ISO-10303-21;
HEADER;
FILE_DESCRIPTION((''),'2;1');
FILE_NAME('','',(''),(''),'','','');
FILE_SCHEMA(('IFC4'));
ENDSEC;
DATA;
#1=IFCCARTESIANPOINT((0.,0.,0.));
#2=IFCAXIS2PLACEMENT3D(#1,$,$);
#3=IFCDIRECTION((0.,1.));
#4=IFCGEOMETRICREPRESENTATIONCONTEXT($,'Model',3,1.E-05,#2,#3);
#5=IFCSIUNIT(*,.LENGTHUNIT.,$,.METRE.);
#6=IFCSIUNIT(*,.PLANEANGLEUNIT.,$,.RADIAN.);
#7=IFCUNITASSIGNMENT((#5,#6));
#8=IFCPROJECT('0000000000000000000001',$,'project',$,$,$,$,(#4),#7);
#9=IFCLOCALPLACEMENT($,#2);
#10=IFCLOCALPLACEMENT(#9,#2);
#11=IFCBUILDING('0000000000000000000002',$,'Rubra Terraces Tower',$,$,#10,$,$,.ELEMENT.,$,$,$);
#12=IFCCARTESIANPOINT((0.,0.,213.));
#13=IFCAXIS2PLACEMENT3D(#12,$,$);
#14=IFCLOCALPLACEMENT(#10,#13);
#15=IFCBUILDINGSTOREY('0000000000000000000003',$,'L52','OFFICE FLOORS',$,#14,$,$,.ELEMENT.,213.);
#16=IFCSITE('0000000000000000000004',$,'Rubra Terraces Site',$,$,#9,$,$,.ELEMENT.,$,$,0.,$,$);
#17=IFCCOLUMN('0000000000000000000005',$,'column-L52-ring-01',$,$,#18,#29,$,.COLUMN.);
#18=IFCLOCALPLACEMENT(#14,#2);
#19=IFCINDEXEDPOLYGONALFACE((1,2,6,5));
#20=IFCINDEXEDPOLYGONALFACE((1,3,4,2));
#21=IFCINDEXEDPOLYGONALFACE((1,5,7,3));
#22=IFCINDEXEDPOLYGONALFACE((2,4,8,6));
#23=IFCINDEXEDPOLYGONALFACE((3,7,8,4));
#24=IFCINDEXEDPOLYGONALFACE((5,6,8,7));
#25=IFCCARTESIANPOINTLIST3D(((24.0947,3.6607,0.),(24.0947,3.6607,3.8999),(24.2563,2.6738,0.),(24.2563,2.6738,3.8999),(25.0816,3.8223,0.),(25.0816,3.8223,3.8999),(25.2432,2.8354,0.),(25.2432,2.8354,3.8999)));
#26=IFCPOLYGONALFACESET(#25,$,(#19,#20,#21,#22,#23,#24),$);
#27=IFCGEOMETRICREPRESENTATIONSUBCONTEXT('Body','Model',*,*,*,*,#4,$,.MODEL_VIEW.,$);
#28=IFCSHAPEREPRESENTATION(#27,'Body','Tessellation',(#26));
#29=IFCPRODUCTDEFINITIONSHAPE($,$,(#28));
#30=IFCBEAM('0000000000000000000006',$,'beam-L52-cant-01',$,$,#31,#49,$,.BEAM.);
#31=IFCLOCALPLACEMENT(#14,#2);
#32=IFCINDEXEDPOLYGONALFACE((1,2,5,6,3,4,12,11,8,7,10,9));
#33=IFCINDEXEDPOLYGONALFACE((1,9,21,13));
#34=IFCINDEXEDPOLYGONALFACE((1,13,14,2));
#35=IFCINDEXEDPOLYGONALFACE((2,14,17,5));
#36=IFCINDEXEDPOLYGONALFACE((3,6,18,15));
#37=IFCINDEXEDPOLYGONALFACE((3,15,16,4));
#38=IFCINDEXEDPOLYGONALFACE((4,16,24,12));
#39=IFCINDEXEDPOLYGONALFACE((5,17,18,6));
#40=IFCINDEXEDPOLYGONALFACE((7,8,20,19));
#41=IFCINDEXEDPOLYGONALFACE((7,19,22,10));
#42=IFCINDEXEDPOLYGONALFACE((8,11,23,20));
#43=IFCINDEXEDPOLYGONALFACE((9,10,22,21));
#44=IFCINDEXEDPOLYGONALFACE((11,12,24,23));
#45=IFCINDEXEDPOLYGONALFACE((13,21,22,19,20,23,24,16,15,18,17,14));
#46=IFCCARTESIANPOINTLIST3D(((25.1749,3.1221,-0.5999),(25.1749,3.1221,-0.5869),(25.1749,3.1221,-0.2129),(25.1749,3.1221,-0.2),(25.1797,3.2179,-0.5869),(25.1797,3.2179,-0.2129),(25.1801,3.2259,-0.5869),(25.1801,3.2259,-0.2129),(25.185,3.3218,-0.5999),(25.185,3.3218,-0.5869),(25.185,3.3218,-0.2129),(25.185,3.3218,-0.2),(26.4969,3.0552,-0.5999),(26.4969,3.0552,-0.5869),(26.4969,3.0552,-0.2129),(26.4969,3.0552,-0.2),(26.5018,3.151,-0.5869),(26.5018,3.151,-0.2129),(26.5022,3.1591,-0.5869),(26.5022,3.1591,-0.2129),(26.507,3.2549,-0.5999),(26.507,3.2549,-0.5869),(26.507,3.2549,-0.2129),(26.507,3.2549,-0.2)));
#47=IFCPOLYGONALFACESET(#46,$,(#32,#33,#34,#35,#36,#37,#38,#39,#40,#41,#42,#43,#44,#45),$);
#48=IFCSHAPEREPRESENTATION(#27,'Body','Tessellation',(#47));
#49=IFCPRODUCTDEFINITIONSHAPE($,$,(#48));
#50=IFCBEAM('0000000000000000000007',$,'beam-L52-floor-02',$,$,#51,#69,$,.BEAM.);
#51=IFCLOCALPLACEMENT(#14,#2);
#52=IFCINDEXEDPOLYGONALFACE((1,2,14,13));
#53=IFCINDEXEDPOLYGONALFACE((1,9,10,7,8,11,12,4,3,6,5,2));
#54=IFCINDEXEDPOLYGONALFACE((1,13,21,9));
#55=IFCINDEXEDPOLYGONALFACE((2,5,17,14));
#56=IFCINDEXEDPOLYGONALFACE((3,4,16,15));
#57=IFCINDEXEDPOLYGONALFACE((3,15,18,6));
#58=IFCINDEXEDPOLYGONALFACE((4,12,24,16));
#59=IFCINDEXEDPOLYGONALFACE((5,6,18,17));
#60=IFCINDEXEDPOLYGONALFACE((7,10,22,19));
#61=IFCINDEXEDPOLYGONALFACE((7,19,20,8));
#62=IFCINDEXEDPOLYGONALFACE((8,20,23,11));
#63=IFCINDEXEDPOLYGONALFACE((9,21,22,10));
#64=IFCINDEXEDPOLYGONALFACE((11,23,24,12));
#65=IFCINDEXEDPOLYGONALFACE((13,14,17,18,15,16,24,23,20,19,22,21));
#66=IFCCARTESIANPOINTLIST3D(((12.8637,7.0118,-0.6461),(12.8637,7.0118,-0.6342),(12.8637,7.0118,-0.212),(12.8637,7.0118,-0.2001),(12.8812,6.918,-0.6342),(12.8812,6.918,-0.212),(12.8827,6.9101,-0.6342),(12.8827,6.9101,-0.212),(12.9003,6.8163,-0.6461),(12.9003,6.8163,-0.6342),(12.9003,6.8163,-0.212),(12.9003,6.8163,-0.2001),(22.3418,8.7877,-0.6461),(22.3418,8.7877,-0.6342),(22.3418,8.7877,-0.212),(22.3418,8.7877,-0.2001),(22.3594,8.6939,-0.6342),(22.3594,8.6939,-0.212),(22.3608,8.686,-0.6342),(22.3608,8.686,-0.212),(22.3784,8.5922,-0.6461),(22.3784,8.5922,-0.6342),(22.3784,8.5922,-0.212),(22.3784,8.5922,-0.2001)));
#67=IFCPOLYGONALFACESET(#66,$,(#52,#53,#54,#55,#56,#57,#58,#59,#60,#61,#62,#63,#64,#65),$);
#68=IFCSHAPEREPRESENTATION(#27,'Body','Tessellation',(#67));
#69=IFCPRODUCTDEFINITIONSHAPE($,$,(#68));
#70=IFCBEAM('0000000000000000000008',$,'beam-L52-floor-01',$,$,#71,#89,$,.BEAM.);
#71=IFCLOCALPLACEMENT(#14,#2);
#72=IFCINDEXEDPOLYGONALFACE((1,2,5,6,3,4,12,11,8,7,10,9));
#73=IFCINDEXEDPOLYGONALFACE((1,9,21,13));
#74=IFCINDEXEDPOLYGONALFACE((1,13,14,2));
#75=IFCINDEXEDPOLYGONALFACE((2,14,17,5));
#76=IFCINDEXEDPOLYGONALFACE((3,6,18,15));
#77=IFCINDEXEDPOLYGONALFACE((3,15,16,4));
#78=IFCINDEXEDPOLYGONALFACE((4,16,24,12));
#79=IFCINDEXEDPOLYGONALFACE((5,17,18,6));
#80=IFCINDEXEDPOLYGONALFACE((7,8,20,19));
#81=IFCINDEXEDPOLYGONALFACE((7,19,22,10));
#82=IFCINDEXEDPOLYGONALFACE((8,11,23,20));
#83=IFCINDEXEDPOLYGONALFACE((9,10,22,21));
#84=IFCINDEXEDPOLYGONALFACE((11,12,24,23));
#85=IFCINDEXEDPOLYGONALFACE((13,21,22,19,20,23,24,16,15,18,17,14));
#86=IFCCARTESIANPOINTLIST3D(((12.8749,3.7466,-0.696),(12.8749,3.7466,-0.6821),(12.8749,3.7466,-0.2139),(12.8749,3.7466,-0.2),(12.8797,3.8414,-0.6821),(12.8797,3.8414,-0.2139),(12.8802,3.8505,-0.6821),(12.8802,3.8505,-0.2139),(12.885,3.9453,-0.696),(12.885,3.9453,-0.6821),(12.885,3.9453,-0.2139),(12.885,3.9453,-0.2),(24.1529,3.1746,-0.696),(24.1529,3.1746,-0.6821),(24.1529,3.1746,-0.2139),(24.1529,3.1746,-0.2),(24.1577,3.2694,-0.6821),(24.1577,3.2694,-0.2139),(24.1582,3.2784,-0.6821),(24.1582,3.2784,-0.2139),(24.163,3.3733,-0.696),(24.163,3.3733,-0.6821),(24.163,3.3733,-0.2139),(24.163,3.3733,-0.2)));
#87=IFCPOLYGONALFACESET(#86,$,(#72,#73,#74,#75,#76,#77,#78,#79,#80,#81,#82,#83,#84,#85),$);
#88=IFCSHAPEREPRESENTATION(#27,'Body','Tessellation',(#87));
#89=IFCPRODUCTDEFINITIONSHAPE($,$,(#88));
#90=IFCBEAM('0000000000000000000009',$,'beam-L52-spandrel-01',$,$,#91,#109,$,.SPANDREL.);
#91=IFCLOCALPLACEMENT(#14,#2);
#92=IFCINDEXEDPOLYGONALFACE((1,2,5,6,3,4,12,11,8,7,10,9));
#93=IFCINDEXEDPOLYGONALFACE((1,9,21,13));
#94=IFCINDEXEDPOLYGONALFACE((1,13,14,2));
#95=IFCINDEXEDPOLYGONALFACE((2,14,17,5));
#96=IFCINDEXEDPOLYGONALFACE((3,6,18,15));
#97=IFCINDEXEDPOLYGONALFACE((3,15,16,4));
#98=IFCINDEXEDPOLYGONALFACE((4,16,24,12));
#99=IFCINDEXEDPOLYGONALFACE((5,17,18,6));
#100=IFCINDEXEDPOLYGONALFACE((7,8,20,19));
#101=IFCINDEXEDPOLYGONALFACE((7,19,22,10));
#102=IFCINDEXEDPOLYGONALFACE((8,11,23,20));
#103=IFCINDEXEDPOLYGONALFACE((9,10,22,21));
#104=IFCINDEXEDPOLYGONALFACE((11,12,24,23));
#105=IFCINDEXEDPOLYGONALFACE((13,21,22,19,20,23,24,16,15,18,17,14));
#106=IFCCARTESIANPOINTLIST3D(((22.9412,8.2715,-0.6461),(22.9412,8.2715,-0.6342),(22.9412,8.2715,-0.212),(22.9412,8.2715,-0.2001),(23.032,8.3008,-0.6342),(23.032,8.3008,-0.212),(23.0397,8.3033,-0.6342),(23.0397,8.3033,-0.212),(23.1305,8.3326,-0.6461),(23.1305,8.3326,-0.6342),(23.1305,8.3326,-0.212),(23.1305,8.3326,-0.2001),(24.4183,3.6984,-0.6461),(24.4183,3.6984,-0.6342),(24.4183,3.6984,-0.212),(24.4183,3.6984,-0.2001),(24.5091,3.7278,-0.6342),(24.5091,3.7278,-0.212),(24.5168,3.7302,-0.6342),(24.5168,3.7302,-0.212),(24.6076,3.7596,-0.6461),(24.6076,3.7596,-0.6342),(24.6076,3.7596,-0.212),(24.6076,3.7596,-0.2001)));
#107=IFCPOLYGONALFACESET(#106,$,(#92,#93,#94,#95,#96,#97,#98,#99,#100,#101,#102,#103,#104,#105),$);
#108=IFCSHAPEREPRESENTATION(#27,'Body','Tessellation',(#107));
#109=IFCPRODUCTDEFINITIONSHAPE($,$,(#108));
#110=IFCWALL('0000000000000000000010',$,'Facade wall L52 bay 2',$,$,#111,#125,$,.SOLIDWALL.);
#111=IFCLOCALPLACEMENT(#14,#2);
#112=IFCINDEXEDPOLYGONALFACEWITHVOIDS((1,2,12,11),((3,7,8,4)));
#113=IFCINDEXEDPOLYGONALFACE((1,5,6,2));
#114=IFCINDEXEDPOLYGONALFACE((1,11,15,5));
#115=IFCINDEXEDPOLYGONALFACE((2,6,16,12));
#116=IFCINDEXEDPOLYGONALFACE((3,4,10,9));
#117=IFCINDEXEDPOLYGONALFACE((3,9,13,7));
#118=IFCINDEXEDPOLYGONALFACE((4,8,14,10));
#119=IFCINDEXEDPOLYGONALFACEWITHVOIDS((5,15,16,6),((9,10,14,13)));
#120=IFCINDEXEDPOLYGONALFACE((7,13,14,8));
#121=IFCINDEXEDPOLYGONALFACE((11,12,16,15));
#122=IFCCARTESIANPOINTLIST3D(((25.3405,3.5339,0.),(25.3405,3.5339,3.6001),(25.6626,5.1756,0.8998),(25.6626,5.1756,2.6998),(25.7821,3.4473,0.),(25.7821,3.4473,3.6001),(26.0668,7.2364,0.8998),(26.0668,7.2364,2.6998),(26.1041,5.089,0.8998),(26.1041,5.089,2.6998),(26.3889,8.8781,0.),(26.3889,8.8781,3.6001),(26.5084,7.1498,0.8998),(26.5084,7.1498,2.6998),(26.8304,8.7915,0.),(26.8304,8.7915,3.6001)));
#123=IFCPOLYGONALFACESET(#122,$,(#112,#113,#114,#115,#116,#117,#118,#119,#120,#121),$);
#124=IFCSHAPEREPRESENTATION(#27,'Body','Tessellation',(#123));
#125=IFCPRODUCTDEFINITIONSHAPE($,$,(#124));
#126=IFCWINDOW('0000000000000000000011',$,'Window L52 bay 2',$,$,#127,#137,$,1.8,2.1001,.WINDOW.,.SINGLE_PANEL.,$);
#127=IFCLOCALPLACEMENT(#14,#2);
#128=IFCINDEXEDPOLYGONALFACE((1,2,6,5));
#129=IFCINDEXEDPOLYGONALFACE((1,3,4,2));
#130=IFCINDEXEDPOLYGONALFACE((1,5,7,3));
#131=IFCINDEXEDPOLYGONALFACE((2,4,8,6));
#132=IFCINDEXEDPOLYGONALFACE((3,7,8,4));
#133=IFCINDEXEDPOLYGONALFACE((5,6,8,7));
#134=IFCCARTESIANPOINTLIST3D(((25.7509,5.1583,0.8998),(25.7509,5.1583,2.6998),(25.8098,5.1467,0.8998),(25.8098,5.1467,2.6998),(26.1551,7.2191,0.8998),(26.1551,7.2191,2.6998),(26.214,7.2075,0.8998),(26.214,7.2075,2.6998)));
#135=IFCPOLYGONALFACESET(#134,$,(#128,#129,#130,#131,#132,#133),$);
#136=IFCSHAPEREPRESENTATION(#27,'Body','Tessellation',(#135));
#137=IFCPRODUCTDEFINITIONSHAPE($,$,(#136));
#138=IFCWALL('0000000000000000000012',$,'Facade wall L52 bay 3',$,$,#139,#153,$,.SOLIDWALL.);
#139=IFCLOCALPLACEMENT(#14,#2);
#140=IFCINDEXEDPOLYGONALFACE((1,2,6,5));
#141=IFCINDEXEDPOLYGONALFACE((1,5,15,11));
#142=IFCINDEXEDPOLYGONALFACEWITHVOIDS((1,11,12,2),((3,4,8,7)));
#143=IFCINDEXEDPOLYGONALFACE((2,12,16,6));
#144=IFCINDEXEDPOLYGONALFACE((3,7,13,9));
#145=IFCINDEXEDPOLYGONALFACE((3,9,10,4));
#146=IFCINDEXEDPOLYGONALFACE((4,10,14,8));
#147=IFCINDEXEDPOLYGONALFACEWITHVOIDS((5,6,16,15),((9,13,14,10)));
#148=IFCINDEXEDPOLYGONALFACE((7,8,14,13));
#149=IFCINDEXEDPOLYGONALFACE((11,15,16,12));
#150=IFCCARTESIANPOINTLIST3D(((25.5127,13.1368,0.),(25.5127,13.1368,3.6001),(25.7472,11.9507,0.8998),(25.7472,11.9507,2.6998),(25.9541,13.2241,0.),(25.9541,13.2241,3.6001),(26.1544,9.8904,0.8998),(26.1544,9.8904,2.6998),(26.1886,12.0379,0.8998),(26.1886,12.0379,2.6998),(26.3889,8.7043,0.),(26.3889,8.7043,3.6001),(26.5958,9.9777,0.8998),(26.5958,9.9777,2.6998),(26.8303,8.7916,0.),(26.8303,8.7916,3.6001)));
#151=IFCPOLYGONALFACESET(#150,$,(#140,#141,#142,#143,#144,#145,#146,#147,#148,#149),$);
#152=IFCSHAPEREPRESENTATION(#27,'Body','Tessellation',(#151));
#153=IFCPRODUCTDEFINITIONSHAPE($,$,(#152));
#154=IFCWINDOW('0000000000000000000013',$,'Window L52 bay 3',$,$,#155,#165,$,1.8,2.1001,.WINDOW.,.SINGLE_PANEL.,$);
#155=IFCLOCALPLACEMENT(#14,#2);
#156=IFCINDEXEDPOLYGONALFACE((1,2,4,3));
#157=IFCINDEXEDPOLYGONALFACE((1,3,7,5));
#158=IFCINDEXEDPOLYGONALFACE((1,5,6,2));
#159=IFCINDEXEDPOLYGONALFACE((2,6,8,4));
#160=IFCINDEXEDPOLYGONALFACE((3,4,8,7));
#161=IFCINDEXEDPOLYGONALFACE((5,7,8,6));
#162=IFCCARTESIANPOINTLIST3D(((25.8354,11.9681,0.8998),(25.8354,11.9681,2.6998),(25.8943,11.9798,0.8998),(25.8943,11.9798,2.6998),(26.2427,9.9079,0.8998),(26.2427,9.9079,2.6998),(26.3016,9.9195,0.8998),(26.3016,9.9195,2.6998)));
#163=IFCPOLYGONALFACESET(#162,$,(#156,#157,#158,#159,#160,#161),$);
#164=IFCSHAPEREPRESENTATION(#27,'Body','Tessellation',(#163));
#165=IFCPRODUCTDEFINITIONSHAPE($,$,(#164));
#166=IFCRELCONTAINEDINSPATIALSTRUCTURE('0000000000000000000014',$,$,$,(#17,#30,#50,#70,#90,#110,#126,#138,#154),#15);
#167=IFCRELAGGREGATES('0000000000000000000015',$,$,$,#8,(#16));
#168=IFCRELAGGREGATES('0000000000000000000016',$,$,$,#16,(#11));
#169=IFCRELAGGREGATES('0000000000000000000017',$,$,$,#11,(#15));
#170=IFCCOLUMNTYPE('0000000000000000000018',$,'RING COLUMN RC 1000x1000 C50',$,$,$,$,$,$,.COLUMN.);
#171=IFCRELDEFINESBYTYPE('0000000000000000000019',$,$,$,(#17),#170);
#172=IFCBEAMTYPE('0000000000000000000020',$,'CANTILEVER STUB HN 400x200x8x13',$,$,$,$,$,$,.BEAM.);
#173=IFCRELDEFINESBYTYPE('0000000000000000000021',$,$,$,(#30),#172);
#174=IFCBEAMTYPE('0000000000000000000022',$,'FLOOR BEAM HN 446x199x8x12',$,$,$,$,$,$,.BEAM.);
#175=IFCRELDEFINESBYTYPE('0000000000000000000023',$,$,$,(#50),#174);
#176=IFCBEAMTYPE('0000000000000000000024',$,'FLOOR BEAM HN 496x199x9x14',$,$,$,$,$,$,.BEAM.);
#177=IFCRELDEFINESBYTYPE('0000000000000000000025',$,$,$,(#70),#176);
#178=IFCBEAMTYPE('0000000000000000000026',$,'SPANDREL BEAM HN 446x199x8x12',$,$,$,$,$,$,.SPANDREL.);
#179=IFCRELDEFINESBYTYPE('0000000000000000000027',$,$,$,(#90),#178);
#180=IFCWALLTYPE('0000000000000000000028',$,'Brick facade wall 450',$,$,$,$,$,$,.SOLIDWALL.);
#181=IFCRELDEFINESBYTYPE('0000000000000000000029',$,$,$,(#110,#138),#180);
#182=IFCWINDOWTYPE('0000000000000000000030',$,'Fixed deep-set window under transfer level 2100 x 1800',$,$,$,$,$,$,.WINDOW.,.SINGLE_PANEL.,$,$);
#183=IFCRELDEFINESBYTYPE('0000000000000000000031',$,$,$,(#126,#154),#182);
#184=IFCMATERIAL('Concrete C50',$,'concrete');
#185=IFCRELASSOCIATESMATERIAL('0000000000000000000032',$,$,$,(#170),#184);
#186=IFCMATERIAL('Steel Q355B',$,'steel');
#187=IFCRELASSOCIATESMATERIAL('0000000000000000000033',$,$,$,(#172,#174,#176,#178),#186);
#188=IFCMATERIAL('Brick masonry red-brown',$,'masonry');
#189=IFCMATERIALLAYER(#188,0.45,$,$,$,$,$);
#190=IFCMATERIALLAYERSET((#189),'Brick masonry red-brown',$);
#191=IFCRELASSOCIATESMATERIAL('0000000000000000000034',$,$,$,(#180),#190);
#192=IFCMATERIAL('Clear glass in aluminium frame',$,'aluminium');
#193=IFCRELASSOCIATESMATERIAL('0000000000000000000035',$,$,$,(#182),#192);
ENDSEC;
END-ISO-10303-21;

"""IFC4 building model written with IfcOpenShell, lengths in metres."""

from ifc_helpers import new_model, si_unit, direction, frame, frame_2d, origin, origin_2d, place, context, subcontext, project, spatial, rectangle, i_section, extrude, material, layer, layer_set, material_profile, profile_set, type_object, element, fill, save


model = new_model("IFC4")

# Units and contexts
model_context = context("Model", 3, precision=1e-05, world=origin(), true_north=direction((0.0, 1.0)))
body_context = subcontext(model_context, "Body", "Model", "MODEL_VIEW")
ifc_project = project(units=[si_unit("LENGTHUNIT", "METRE"), si_unit("PLANEANGLEUNIT", "RADIAN")], contexts=[model_context])

# Site, building, storey
site_placement = place(None, origin())
site = spatial("IfcSite", under=ifc_project, at=site_placement, Name="Rubra Terraces Site", CompositionType="ELEMENT", RefElevation=0.0)
building_placement = place(site_placement, origin())
building = spatial("IfcBuilding", under=site, at=building_placement, Name="Rubra Terraces Tower", CompositionType="ELEMENT")
storey_placement = place(building_placement, frame((0.0, 0.0, 213.0)))
storey = spatial("IfcBuildingStorey", under=building, at=storey_placement, Name="L52", Description="OFFICE FLOORS", CompositionType="ELEMENT", Elevation=213.0)

# Column
ifc_material_1 = material(Name="Concrete C50", Category="concrete")
ifc_material_profile_1 = material_profile(ifc_material_1, rectangle(XDim=1.0, YDim=1.0, at=origin_2d()), Name="RC 1000x1000")
ifc_profile_set_1 = profile_set([ifc_material_profile_1], Name="Concrete C50")
column_type = type_object("IfcColumnType", Name="RING COLUMN RC 1000x1000 C50", PredefinedType="COLUMN", material=ifc_profile_set_1)
column_placement = place(storey_placement, frame((24.6689, 3.248, 0.0), z_axis=(0.0, 0.0, 1.0), x_axis=(-0.161559, 0.986863, 0.0)))
element("IfcColumn", 1, at=column_placement, inside=storey, type_object=column_type, Name="column-L52-ring-01", PredefinedType="COLUMN", context=body_context, shape_type="SweptSolid", body=[
    extrude(rectangle(XDim=1.0, YDim=1.0, at=origin_2d()), origin(), (0.0, 0.0, 1.0), 3.8999),
])

# Beams
ifc_material_2 = material(Name="Steel Q355B", Category="steel")
ifc_material_profile_2 = material_profile(ifc_material_2, i_section(OverallWidth=0.2, OverallDepth=0.3999, WebThickness=0.0081, FlangeThickness=0.0129, at=origin_2d()), Name="HN 400x200x8x13")
ifc_profile_set_2 = profile_set([ifc_material_profile_2], Name="Steel Q355B")
beam_type_1 = type_object("IfcBeamType", Name="CANTILEVER STUB HN 400x200x8x13", PredefinedType="BEAM", material=ifc_profile_set_2)
beam_1_placement = place(storey_placement, frame((25.1799, 3.2219, -0.3999), z_axis=(0.998722, -0.050536, 0.0), x_axis=(0.050536, 0.998722, 0.0)))
element("IfcBeam", 2, at=beam_1_placement, inside=storey, type_object=beam_type_1, Name="beam-L52-cant-01", PredefinedType="BEAM", context=body_context, shape_type="SweptSolid", body=[
    extrude(i_section(OverallWidth=0.2, OverallDepth=0.3999, WebThickness=0.0081, FlangeThickness=0.0129, at=origin_2d()), origin(), (0.0, 0.0, 1.0), 1.3237),
])
ifc_material_profile_3 = material_profile(ifc_material_2, i_section(OverallWidth=0.199, OverallDepth=0.446, WebThickness=0.0081, FlangeThickness=0.012, at=origin_2d()), Name="HN 446x199x8x12")
ifc_profile_set_3 = profile_set([ifc_material_profile_3], Name="Steel Q355B")
beam_type_2 = type_object("IfcBeamType", Name="FLOOR BEAM HN 446x199x8x12", PredefinedType="BEAM", material=ifc_profile_set_3)
beam_2_placement = place(storey_placement, frame((22.3601, 8.6899, -0.4231), z_axis=(-0.982896, -0.184163, 0.0), x_axis=(0.184163, -0.982896, 0.0)))
element("IfcBeam", 3, at=beam_2_placement, inside=storey, type_object=beam_type_2, Name="beam-L52-floor-02", PredefinedType="BEAM", context=body_context, shape_type="SweptSolid", body=[
    extrude(i_section(OverallWidth=0.199, OverallDepth=0.446, WebThickness=0.0081, FlangeThickness=0.012, at=origin_2d()), origin(), (0.0, 0.0, 1.0), 9.6431),
])
ifc_material_profile_4 = material_profile(ifc_material_2, i_section(OverallWidth=0.199, OverallDepth=0.4961, WebThickness=0.009, FlangeThickness=0.0139, at=origin_2d()), Name="HN 496x199x9x14")
ifc_profile_set_4 = profile_set([ifc_material_profile_4], Name="Steel Q355B")
beam_type_3 = type_object("IfcBeamType", Name="FLOOR BEAM HN 496x199x9x14", PredefinedType="BEAM", material=ifc_profile_set_4)
beam_3_placement = place(storey_placement, frame((24.158, 3.2739, -0.448), z_axis=(-0.998716, 0.050655, 0.0), x_axis=(-0.050655, -0.998716, 0.0)))
element("IfcBeam", 4, at=beam_3_placement, inside=storey, type_object=beam_type_3, Name="beam-L52-floor-01", PredefinedType="BEAM", context=body_context, shape_type="SweptSolid", body=[
    extrude(i_section(OverallWidth=0.199, OverallDepth=0.4961, WebThickness=0.009, FlangeThickness=0.0139, at=origin_2d()), origin(), (0.0, 0.0, 1.0), 11.2925),
])
ifc_material_profile_5 = material_profile(ifc_material_2, i_section(OverallWidth=0.199, OverallDepth=0.446, WebThickness=0.0081, FlangeThickness=0.012, at=origin_2d()), Name="HN 446x199x8x12")
ifc_profile_set_5 = profile_set([ifc_material_profile_5], Name="Steel Q355B")
beam_type_4 = type_object("IfcBeamType", Name="SPANDREL BEAM HN 446x199x8x12", PredefinedType="SPANDREL", material=ifc_profile_set_5)
beam_4_placement = place(storey_placement, frame((24.5129, 3.729, -0.4231), z_axis=(-0.307359, 0.951594, 0.0), x_axis=(-0.951594, -0.307359, 0.0)))
element("IfcBeam", 5, at=beam_4_placement, inside=storey, type_object=beam_type_4, Name="beam-L52-spandrel-01", PredefinedType="SPANDREL", context=body_context, shape_type="SweptSolid", body=[
    extrude(i_section(OverallWidth=0.199, OverallDepth=0.446, WebThickness=0.0081, FlangeThickness=0.012, at=origin_2d()), origin(), (0.0, 0.0, 1.0), 4.8057),
])

# Walls, openings, windows
ifc_material_3 = material(Name="Brick masonry red-brown", Category="masonry")
ifc_layer_1 = layer(ifc_material_3, 0.45)
ifc_layer_set_1 = layer_set([ifc_layer_1], Name="Brick masonry red-brown")
wall_type_1 = type_object("IfcWallType", Name="Brick facade wall 450", PredefinedType="SOLIDWALL", material=ifc_layer_set_1)
wall_1_placement = place(storey_placement, frame((25.5613, 3.4905, 0.0), z_axis=(0.0, 0.0, 1.0), x_axis=(0.192494, 0.981298, 0.0)))
wall_1 = element("IfcWall", 6, at=wall_1_placement, inside=storey, type_object=wall_type_1, Name="Facade wall L52 bay 2", PredefinedType="SOLIDWALL", context=body_context, shape_type="SweptSolid", body=[
    extrude(rectangle(XDim=5.446, YDim=0.45, at=frame_2d((2.7231, 0.0))), origin(), (0.0, 0.0, 1.0), 3.6001),
])
opening_1_placement = place(wall_1_placement, frame((1.6731, 0.0, 0.8999)))
opening_1 = element("IfcOpeningElement", 7, at=opening_1_placement, cuts=wall_1, PredefinedType="OPENING", context=body_context, shape_type="SweptSolid", body=[
    extrude(rectangle(XDim=2.1001, YDim=1.8, at=frame_2d((1.05, 0.8999))), frame((0.0, 0.2349, 0.0), z_axis=(0.0, -1.0, 0.0), x_axis=(1.0, 0.0, 0.0)), (0.0, 0.0, 1.0), 0.47),
])
ifc_material_4 = material(Name="Clear glass in aluminium frame", Category="aluminium")
window_type = type_object("IfcWindowType", Name="Fixed deep-set window under transfer level 2100 x 1800", PartitioningType="SINGLE_PANEL", PredefinedType="WINDOW", material=ifc_material_4)
window_1_placement = place(opening_1_placement, origin())
window_1 = element("IfcWindow", 8, at=window_1_placement, inside=storey, type_object=window_type, Name="Window L52 bay 2", OverallHeight=1.8, OverallWidth=2.1001, PartitioningType="SINGLE_PANEL", PredefinedType="WINDOW", context=body_context, shape_type="SweptSolid", body=[
    extrude(rectangle(XDim=2.1001, YDim=1.8, at=frame_2d((1.05, 0.8999))), frame((0.0, 0.135, 0.0), z_axis=(0.0, -1.0, 0.0), x_axis=(1.0, 0.0, 0.0)), (0.0, 0.0, 1.0), 0.0601),
])
fill(opening_1, window_1)
wall_2_placement = place(storey_placement, frame((26.6096, 8.7478, 0.0), z_axis=(0.0, 0.0, 1.0), x_axis=(-0.193923, 0.981017, 0.0)))
wall_2 = element("IfcWall", 9, at=wall_2_placement, inside=storey, type_object=wall_type_1, Name="Facade wall L52 bay 3", PredefinedType="SOLIDWALL", context=body_context, shape_type="SweptSolid", body=[
    extrude(rectangle(XDim=4.5183, YDim=0.45, at=frame_2d((2.2593, 0.0))), origin(), (0.0, 0.0, 1.0), 3.6001),
])
opening_2_placement = place(wall_2_placement, frame((1.2092, 0.0, 0.8999)))
opening_2 = element("IfcOpeningElement", 10, at=opening_2_placement, cuts=wall_2, PredefinedType="OPENING", context=body_context, shape_type="SweptSolid", body=[
    extrude(rectangle(XDim=2.1001, YDim=1.8, at=frame_2d((1.05, 0.8999))), frame((0.0, 0.2349, 0.0), z_axis=(0.0, -1.0, 0.0), x_axis=(1.0, 0.0, 0.0)), (0.0, 0.0, 1.0), 0.47),
])
window_2_placement = place(opening_2_placement, origin())
window_2 = element("IfcWindow", 11, at=window_2_placement, inside=storey, type_object=window_type, Name="Window L52 bay 3", OverallHeight=1.8, OverallWidth=2.1001, PartitioningType="SINGLE_PANEL", PredefinedType="WINDOW", context=body_context, shape_type="SweptSolid", body=[
    extrude(rectangle(XDim=2.1001, YDim=1.8, at=frame_2d((1.05, 0.8999))), frame((0.0, 0.135, 0.0), z_axis=(0.0, -1.0, 0.0), x_axis=(1.0, 0.0, 0.0)), (0.0, 0.0, 1.0), 0.0601),
])
fill(opening_2, window_2)

save(model, "model.ifc")
